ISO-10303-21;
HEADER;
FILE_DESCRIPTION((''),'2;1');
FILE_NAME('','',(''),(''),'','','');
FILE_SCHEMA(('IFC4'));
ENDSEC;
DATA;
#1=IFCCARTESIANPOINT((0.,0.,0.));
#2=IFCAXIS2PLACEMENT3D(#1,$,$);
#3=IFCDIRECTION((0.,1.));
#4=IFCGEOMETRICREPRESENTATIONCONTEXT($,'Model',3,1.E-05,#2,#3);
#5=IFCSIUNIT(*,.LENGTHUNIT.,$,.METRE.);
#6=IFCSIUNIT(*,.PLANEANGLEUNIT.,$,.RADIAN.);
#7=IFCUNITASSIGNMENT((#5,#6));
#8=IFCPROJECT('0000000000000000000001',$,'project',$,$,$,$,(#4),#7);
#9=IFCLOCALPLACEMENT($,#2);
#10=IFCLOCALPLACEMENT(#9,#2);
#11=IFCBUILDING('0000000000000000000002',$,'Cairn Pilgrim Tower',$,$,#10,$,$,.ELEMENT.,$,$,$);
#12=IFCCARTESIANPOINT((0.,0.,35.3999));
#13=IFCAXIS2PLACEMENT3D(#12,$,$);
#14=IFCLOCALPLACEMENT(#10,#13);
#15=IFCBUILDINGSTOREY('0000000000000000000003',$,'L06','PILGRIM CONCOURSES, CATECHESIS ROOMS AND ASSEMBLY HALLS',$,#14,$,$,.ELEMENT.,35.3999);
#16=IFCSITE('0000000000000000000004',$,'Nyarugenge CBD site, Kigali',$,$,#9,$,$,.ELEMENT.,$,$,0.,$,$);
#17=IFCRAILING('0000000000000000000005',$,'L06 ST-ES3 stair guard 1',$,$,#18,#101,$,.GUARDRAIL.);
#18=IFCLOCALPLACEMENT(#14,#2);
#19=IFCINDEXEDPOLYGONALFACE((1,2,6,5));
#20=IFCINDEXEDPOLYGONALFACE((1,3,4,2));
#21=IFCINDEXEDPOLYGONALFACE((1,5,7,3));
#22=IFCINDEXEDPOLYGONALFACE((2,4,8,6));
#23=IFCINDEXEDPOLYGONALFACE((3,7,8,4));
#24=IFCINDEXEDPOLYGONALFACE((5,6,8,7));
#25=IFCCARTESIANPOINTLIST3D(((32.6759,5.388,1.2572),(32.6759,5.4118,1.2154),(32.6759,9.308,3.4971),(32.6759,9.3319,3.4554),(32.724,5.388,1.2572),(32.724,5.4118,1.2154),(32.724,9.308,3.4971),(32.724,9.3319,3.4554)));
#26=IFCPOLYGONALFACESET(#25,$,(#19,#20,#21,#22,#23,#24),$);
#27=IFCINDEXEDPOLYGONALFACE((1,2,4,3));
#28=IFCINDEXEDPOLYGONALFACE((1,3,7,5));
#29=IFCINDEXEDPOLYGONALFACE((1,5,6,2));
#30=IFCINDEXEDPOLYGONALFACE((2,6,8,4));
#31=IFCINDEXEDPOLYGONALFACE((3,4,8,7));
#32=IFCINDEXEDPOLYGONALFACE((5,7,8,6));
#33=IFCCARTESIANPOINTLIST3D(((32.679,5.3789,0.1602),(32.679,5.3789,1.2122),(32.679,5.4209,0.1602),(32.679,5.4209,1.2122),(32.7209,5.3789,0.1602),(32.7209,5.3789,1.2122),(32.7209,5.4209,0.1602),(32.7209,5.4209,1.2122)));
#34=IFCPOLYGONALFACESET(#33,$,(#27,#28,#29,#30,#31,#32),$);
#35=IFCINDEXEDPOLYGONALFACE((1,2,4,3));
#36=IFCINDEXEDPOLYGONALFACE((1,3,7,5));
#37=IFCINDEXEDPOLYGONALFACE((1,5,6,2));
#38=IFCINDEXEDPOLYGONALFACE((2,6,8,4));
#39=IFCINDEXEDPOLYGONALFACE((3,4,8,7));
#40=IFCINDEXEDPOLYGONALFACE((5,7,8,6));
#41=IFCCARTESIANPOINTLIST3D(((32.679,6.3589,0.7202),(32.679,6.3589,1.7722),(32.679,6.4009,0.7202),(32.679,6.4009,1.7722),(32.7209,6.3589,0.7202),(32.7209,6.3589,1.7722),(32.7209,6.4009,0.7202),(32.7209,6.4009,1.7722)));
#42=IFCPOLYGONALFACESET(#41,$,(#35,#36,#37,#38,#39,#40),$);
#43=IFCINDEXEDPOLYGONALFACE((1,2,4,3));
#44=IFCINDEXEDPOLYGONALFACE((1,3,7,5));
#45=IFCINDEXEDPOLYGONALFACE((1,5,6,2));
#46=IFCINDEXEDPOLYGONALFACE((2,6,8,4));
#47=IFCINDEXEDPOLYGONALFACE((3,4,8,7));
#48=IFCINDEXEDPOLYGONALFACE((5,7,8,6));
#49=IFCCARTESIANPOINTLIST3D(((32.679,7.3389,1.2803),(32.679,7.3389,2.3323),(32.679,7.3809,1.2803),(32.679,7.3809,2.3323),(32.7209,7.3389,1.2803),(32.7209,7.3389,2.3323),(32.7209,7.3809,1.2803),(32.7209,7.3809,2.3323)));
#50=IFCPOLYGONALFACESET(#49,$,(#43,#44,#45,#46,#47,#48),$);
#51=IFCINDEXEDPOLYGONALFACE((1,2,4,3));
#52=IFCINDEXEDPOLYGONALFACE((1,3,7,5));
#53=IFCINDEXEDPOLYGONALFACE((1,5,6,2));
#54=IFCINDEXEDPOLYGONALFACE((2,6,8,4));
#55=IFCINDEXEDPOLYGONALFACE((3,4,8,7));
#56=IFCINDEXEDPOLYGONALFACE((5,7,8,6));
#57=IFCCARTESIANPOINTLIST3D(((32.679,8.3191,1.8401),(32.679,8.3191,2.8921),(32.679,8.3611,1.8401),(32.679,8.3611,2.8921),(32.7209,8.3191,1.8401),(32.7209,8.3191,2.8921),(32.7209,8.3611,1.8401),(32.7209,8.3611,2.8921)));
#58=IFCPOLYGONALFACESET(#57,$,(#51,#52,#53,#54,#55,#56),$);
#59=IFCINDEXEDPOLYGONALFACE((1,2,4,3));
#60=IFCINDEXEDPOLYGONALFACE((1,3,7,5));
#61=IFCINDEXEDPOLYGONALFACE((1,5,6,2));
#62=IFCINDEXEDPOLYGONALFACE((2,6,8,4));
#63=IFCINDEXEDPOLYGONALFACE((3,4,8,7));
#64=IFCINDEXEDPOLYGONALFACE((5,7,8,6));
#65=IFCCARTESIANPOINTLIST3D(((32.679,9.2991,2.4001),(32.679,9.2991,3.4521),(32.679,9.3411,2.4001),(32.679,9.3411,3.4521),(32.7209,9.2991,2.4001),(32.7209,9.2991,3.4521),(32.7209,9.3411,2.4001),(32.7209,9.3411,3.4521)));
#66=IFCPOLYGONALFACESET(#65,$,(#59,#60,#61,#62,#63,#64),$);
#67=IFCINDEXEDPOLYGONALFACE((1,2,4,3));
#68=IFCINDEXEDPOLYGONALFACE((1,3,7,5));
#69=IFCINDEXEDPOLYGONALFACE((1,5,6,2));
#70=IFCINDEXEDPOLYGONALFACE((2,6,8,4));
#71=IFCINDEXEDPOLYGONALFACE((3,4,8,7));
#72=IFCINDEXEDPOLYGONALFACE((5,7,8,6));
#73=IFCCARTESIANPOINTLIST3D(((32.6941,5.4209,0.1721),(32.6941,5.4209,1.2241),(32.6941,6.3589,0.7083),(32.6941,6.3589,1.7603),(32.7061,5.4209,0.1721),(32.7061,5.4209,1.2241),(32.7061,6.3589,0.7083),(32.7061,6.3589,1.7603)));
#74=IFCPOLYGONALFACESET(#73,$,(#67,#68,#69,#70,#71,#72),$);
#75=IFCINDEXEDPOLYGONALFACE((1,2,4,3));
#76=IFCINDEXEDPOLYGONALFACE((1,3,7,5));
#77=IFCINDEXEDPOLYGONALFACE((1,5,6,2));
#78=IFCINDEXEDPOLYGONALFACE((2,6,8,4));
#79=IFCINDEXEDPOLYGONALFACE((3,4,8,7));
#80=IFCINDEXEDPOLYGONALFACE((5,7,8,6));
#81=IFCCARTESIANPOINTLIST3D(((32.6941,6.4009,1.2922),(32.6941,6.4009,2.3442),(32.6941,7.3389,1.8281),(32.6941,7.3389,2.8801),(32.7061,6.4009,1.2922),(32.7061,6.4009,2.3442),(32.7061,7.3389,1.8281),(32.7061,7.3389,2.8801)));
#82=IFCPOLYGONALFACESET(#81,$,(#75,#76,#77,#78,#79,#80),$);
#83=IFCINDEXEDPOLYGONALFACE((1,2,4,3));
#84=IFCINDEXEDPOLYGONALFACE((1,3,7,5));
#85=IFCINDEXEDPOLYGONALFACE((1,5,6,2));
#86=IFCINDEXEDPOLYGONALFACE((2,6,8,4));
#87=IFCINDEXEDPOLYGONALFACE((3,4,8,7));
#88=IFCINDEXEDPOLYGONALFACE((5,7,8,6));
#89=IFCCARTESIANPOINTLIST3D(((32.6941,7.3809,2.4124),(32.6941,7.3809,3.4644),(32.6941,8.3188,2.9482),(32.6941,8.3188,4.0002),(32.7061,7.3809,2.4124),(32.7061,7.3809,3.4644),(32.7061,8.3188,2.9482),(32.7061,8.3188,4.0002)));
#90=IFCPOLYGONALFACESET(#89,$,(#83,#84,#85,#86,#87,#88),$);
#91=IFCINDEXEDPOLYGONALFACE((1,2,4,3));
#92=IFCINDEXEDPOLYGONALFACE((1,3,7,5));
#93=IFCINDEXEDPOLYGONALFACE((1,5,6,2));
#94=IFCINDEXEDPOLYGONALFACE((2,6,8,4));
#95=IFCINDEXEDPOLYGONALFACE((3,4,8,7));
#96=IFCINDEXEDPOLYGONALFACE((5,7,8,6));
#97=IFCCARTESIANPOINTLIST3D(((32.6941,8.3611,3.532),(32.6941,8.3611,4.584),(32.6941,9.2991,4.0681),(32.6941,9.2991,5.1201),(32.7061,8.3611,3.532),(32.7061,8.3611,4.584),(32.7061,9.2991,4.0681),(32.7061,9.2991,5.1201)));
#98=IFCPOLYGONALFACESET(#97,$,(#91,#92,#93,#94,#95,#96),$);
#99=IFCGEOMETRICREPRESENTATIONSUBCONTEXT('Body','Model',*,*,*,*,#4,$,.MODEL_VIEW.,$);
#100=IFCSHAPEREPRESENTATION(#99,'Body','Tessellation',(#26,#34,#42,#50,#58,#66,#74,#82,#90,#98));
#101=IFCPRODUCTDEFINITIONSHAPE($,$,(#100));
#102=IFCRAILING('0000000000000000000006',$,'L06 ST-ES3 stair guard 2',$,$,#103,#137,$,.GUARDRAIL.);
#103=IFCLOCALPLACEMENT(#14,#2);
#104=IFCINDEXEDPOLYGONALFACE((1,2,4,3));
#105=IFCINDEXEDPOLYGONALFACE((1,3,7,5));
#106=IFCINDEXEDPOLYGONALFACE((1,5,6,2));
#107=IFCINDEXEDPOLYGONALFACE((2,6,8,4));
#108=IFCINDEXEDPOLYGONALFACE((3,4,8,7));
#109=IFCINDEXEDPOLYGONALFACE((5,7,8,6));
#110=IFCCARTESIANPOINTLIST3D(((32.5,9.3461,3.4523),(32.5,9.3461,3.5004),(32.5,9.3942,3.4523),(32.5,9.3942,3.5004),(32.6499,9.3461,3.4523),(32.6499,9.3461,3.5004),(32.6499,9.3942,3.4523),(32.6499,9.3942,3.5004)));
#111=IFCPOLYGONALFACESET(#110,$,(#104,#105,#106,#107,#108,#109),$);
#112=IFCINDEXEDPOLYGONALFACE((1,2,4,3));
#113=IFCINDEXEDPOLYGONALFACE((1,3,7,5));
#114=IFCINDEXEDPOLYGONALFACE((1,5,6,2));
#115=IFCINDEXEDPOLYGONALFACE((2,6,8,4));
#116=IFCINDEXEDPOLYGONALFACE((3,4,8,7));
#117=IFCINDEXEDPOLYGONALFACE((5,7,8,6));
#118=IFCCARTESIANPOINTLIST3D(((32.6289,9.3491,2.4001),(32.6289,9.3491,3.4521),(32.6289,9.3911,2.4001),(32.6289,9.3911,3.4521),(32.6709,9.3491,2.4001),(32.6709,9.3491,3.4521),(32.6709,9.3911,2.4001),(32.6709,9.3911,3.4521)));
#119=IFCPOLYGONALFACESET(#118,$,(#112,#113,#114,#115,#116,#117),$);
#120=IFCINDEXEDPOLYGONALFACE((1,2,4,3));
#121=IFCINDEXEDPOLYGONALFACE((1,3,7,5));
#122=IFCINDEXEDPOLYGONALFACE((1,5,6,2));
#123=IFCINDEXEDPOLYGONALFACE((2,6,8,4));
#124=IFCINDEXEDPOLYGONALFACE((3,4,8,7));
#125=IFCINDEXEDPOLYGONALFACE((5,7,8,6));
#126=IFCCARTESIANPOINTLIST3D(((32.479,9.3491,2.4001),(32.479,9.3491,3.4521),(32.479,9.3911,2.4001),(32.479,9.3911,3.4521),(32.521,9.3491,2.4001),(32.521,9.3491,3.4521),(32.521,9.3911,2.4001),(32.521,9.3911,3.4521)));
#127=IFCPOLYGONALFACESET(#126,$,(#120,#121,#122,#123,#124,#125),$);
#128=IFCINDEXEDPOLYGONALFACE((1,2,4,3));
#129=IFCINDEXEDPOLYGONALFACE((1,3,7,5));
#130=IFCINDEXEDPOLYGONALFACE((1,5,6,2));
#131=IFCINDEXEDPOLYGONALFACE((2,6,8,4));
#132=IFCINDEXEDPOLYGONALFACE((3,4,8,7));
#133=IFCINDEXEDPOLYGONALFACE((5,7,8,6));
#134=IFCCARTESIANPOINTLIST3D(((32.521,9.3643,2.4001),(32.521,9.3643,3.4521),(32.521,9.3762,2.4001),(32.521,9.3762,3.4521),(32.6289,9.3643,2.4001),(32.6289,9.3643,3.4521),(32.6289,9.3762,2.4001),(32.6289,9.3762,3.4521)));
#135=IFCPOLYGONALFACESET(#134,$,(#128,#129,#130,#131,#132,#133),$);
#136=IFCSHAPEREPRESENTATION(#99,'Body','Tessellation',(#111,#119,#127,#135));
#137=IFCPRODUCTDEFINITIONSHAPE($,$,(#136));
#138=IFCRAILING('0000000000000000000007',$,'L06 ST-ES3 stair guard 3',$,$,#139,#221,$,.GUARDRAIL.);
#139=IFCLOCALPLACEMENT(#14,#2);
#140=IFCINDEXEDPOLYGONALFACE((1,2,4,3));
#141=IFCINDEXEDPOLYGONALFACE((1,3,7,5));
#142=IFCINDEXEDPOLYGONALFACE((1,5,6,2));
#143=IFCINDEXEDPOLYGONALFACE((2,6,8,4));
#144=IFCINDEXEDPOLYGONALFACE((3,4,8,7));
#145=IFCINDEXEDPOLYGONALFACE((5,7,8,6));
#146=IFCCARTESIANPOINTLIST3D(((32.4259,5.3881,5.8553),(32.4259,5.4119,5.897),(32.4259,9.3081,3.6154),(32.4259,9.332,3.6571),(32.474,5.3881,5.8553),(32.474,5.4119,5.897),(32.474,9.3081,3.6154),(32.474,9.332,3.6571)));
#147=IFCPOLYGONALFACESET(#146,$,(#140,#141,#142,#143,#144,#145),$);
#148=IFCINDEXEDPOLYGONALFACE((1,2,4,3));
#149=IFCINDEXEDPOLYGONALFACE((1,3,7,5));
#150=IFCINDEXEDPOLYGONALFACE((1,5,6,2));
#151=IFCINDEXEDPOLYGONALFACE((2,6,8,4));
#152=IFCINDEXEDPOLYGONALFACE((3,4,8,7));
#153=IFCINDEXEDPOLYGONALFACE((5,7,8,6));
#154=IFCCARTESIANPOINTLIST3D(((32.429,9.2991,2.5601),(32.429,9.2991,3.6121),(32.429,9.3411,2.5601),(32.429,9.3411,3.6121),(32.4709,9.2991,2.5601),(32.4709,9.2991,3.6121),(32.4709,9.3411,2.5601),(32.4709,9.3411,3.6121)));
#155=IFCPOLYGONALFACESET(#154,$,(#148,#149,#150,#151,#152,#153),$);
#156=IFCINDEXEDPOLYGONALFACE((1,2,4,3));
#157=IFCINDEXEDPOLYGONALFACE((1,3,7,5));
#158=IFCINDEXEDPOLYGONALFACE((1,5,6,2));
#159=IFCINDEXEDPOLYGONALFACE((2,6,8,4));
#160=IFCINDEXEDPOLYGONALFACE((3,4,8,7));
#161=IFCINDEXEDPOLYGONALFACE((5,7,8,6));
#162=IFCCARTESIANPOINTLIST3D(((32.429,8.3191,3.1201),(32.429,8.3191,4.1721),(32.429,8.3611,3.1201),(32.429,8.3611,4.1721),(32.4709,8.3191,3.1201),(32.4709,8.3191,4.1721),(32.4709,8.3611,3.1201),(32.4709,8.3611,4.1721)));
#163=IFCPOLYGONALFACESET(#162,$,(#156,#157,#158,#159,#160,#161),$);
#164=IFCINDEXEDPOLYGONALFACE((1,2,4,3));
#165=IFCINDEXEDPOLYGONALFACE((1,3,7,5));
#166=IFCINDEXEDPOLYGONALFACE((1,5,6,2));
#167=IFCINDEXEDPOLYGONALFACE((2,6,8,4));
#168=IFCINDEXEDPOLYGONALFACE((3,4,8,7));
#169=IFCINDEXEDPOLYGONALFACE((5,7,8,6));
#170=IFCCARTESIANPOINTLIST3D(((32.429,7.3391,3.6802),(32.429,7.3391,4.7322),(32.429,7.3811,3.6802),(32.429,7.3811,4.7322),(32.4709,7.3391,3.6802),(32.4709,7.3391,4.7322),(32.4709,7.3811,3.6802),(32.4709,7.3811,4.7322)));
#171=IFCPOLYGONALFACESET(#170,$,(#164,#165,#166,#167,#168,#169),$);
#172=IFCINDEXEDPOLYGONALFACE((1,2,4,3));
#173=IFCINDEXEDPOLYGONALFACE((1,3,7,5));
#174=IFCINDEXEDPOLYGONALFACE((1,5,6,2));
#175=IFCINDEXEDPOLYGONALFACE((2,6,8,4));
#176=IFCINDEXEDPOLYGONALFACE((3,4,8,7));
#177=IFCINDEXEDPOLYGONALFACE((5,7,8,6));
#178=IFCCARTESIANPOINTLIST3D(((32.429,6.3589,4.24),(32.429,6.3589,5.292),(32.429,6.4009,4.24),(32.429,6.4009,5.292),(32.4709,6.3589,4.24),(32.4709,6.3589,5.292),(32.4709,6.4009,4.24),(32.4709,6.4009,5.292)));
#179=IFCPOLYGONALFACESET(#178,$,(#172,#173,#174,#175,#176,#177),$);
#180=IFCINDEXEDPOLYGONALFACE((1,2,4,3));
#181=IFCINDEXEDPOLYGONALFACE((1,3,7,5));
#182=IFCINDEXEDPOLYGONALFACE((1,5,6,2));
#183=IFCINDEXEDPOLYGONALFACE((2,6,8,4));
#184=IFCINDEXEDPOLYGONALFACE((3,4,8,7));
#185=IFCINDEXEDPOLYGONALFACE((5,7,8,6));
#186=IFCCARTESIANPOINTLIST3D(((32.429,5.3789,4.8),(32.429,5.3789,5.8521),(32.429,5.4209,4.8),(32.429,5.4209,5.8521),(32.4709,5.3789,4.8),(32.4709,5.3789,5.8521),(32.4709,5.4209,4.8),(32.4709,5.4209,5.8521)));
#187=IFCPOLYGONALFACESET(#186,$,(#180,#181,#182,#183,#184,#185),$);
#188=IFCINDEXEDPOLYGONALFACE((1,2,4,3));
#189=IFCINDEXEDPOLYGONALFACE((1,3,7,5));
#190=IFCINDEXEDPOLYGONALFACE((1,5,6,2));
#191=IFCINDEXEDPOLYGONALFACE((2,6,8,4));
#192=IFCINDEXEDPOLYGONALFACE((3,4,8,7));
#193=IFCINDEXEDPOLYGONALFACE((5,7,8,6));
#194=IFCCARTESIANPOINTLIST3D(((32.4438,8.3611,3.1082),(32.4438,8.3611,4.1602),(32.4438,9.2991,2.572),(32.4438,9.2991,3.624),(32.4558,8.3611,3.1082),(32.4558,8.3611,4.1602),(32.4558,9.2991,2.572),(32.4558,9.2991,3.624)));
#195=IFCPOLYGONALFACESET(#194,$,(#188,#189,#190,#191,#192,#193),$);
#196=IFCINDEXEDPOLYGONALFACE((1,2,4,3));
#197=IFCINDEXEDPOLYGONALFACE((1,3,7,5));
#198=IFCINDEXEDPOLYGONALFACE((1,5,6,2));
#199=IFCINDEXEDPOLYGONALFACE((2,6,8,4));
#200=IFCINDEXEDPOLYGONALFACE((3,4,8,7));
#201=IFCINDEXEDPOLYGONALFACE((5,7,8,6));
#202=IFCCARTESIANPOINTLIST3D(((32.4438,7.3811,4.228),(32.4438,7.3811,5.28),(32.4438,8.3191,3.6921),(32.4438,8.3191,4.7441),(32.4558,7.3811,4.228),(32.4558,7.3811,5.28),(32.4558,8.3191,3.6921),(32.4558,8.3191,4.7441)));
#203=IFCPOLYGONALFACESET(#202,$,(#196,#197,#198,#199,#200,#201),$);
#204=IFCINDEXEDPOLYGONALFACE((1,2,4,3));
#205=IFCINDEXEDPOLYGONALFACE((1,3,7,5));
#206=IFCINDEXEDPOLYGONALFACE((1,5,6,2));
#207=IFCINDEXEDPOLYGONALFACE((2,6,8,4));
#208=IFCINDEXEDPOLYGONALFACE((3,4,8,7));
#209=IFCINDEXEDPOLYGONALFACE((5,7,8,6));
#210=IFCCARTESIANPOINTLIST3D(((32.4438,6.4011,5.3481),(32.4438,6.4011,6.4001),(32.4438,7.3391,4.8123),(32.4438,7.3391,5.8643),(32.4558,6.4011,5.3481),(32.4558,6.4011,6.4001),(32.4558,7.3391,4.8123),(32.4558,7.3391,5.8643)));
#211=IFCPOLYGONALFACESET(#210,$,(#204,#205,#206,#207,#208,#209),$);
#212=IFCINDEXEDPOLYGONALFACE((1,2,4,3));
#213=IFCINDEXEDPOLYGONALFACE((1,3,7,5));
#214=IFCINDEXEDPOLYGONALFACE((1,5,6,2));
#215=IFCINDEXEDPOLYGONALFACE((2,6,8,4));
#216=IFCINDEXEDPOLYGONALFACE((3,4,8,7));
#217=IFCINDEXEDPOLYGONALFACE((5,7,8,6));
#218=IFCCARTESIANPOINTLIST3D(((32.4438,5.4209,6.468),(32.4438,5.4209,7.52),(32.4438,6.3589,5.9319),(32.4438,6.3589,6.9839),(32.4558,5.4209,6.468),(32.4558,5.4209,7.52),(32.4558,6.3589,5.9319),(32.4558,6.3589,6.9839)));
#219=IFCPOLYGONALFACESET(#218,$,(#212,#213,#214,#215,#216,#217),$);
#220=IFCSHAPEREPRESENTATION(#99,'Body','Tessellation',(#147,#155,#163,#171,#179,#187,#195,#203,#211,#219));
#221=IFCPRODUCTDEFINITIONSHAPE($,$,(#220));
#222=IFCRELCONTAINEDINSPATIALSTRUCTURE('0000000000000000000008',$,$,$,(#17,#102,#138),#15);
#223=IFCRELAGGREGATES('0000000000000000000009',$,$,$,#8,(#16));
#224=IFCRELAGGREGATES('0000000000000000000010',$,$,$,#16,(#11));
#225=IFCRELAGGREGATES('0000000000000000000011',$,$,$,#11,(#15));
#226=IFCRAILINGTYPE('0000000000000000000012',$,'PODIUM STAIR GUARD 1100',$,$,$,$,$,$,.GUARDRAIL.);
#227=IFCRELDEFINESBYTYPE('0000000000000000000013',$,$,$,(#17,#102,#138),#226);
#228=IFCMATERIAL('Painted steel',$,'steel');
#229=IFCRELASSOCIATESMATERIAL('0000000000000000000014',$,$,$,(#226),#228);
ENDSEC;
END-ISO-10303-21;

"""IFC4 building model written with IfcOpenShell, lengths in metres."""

from ifc_helpers import new_model, si_unit, direction, frame, origin, origin_2d, place, context, subcontext, project, spatial, polyline, rectangle, outline, extrude, material, type_object, element, save


model = new_model("IFC4")

# Units and contexts
model_context = context("Model", 3, precision=1e-05, world=origin(), true_north=direction((0.0, 1.0)))
body_context = subcontext(model_context, "Body", "Model", "MODEL_VIEW")
ifc_project = project(units=[si_unit("LENGTHUNIT", "METRE"), si_unit("PLANEANGLEUNIT", "RADIAN")], contexts=[model_context])

# Site, building, storey
site_placement = place(None, origin())
site = spatial("IfcSite", under=ifc_project, at=site_placement, Name="Nyarugenge CBD site, Kigali", CompositionType="ELEMENT", RefElevation=0.0)
building_placement = place(site_placement, origin())
building = spatial("IfcBuilding", under=site, at=building_placement, Name="Cairn Pilgrim Tower", CompositionType="ELEMENT")
storey_placement = place(building_placement, frame((0.0, 0.0, 35.3999)))
storey = spatial("IfcBuildingStorey", under=building, at=storey_placement, Name="L06", Description="PILGRIM CONCOURSES, CATECHESIS ROOMS AND ASSEMBLY HALLS", CompositionType="ELEMENT", Elevation=35.3999)

# Railings
ifc_material_1 = material(Name="Painted steel", Category="steel")
railing_type_1 = type_object("IfcRailingType", Name="PODIUM STAIR GUARD 1100", PredefinedType="GUARDRAIL", material=ifc_material_1)
railing_1_placement = place(storey_placement, frame((32.7, 5.3999, 0.1602)))
element("IfcRailing", 1, at=railing_1_placement, inside=storey, type_object=railing_type_1, Name="L06 ST-ES3 stair guard 1", PredefinedType="GUARDRAIL", context=body_context, shape_type="SweptSolid", body=[
    extrude(rectangle(XDim=0.0481, YDim=0.0481, at=origin_2d()), frame((0.0, 0.0, 1.0762), z_axis=(0.0, 0.868253, 0.496121), x_axis=(-1.0, 0.0, 0.0)), (0.0, 0.0, 1.0), 4.5149),
    extrude(rectangle(XDim=0.042, YDim=0.042, at=origin_2d()), origin(), (0.0, 0.0, 1.0), 1.052),
    extrude(rectangle(XDim=0.042, YDim=0.042, at=origin_2d()), frame((0.0, 0.98, 0.5601)), (0.0, 0.0, 1.0), 1.052),
    extrude(rectangle(XDim=0.042, YDim=0.042, at=origin_2d()), frame((0.0, 1.96, 1.1201)), (0.0, 0.0, 1.0), 1.052),
    extrude(rectangle(XDim=0.042, YDim=0.042, at=origin_2d()), frame((0.0, 2.9402, 1.6799)), (0.0, 0.0, 1.0), 1.052),
    extrude(rectangle(XDim=0.042, YDim=0.042, at=origin_2d()), frame((0.0, 3.9202, 2.24)), (0.0, 0.0, 1.0), 1.052),
    extrude(outline(polyline([(0.021, 0.012), (0.959, 0.5481), (0.959, 1.6001), (0.021, 1.064), (0.021, 0.012)])), frame((-0.0059, 0.0, 0.0), z_axis=(1.0, 0.0, 0.0), x_axis=(0.0, 1.0, 0.0)), (0.0, 0.0, 1.0), 0.012),
    extrude(outline(polyline([(0.021, 0.572), (0.959, 1.1079), (0.959, 2.1599), (0.021, 1.624), (0.021, 0.572)])), frame((-0.0059, 0.98, 0.5601), z_axis=(1.0, 0.0, 0.0), x_axis=(0.0, 1.0, 0.0)), (0.0, 0.0, 1.0), 0.012),
    extrude(outline(polyline([(0.021, 1.1321), (0.959, 1.668), (0.959, 2.72), (0.021, 2.1841), (0.021, 1.1321)])), frame((-0.0059, 1.96, 1.1201), z_axis=(1.0, 0.0, 0.0), x_axis=(0.0, 1.0, 0.0)), (0.0, 0.0, 1.0), 0.012),
    extrude(outline(polyline([(0.021, 1.6919), (0.959, 2.228), (0.959, 3.28), (0.021, 2.7439), (0.021, 1.6919)])), frame((-0.0059, 2.9402, 1.6799), z_axis=(1.0, 0.0, 0.0), x_axis=(0.0, 1.0, 0.0)), (0.0, 0.0, 1.0), 0.012),
])
railing_2_placement = place(storey_placement, frame((32.6499, 9.3701, 2.4001)))
element("IfcRailing", 2, at=railing_2_placement, inside=storey, type_object=railing_type_1, Name="L06 ST-ES3 stair guard 2", PredefinedType="GUARDRAIL", context=body_context, shape_type="SweptSolid", body=[
    extrude(rectangle(XDim=0.0481, YDim=0.0481, at=origin_2d()), frame((0.0, 0.0, 1.0762), z_axis=(-1.0, 0.0, 0.0), x_axis=(0.0, -1.0, 0.0)), (0.0, 0.0, 1.0), 0.1499),
    extrude(rectangle(XDim=0.042, YDim=0.042, at=origin_2d()), origin(), (0.0, 0.0, 1.0), 1.052),
    extrude(rectangle(XDim=0.042, YDim=0.042, at=origin_2d()), frame((-0.1499, 0.0, 0.0)), (0.0, 0.0, 1.0), 1.052),
    extrude(outline(polyline([(0.021, 0.0), (0.1289, 0.0), (0.1289, 1.052), (0.021, 1.052), (0.021, 0.0)])), frame((0.0, -0.0059, 0.0), z_axis=(0.0, 1.0, 0.0), x_axis=(-1.0, 0.0, 0.0)), (0.0, 0.0, 1.0), 0.012),
])
railing_3_placement = place(storey_placement, frame((32.45, 9.3201, 2.5601)))
element("IfcRailing", 3, at=railing_3_placement, inside=storey, type_object=railing_type_1, Name="L06 ST-ES3 stair guard 3", PredefinedType="GUARDRAIL", context=body_context, shape_type="SweptSolid", body=[
    extrude(rectangle(XDim=0.0481, YDim=0.0481, at=origin_2d()), frame((0.0, 0.0, 1.0762), z_axis=(0.0, -0.868253, 0.496121), x_axis=(1.0, 0.0, 0.0)), (0.0, 0.0, 1.0), 4.5149),
    extrude(rectangle(XDim=0.042, YDim=0.042, at=origin_2d()), origin(), (0.0, 0.0, 1.0), 1.052),
    extrude(rectangle(XDim=0.042, YDim=0.042, at=origin_2d()), frame((0.0, -0.98, 0.5601)), (0.0, 0.0, 1.0), 1.052),
    extrude(rectangle(XDim=0.042, YDim=0.042, at=origin_2d()), frame((0.0, -1.96, 1.1201)), (0.0, 0.0, 1.0), 1.052),
    extrude(rectangle(XDim=0.042, YDim=0.042, at=origin_2d()), frame((0.0, -2.9402, 1.6799)), (0.0, 0.0, 1.0), 1.052),
    extrude(rectangle(XDim=0.042, YDim=0.042, at=origin_2d()), frame((0.0, -3.9202, 2.24)), (0.0, 0.0, 1.0), 1.052),
    extrude(outline(polyline([(0.021, 0.012), (0.959, 0.5481), (0.959, 1.6001), (0.021, 1.064), (0.021, 0.012)])), frame((0.0059, 0.0, 0.0), z_axis=(-1.0, 0.0, 0.0), x_axis=(0.0, -1.0, 0.0)), (0.0, 0.0, 1.0), 0.012),
    extrude(outline(polyline([(0.021, 0.572), (0.959, 1.1079), (0.959, 2.1599), (0.021, 1.624), (0.021, 0.572)])), frame((0.0059, -0.98, 0.5601), z_axis=(-1.0, 0.0, 0.0), x_axis=(0.0, -1.0, 0.0)), (0.0, 0.0, 1.0), 0.012),
    extrude(outline(polyline([(0.021, 1.1321), (0.959, 1.668), (0.959, 2.72), (0.021, 2.1841), (0.021, 1.1321)])), frame((0.0059, -1.96, 1.1201), z_axis=(-1.0, 0.0, 0.0), x_axis=(0.0, -1.0, 0.0)), (0.0, 0.0, 1.0), 0.012),
    extrude(outline(polyline([(0.021, 1.6919), (0.959, 2.228), (0.959, 3.28), (0.021, 2.7439), (0.021, 1.6919)])), frame((0.0059, -2.9402, 1.6799), z_axis=(-1.0, 0.0, 0.0), x_axis=(0.0, -1.0, 0.0)), (0.0, 0.0, 1.0), 0.012),
])

save(model, "model.ifc")
